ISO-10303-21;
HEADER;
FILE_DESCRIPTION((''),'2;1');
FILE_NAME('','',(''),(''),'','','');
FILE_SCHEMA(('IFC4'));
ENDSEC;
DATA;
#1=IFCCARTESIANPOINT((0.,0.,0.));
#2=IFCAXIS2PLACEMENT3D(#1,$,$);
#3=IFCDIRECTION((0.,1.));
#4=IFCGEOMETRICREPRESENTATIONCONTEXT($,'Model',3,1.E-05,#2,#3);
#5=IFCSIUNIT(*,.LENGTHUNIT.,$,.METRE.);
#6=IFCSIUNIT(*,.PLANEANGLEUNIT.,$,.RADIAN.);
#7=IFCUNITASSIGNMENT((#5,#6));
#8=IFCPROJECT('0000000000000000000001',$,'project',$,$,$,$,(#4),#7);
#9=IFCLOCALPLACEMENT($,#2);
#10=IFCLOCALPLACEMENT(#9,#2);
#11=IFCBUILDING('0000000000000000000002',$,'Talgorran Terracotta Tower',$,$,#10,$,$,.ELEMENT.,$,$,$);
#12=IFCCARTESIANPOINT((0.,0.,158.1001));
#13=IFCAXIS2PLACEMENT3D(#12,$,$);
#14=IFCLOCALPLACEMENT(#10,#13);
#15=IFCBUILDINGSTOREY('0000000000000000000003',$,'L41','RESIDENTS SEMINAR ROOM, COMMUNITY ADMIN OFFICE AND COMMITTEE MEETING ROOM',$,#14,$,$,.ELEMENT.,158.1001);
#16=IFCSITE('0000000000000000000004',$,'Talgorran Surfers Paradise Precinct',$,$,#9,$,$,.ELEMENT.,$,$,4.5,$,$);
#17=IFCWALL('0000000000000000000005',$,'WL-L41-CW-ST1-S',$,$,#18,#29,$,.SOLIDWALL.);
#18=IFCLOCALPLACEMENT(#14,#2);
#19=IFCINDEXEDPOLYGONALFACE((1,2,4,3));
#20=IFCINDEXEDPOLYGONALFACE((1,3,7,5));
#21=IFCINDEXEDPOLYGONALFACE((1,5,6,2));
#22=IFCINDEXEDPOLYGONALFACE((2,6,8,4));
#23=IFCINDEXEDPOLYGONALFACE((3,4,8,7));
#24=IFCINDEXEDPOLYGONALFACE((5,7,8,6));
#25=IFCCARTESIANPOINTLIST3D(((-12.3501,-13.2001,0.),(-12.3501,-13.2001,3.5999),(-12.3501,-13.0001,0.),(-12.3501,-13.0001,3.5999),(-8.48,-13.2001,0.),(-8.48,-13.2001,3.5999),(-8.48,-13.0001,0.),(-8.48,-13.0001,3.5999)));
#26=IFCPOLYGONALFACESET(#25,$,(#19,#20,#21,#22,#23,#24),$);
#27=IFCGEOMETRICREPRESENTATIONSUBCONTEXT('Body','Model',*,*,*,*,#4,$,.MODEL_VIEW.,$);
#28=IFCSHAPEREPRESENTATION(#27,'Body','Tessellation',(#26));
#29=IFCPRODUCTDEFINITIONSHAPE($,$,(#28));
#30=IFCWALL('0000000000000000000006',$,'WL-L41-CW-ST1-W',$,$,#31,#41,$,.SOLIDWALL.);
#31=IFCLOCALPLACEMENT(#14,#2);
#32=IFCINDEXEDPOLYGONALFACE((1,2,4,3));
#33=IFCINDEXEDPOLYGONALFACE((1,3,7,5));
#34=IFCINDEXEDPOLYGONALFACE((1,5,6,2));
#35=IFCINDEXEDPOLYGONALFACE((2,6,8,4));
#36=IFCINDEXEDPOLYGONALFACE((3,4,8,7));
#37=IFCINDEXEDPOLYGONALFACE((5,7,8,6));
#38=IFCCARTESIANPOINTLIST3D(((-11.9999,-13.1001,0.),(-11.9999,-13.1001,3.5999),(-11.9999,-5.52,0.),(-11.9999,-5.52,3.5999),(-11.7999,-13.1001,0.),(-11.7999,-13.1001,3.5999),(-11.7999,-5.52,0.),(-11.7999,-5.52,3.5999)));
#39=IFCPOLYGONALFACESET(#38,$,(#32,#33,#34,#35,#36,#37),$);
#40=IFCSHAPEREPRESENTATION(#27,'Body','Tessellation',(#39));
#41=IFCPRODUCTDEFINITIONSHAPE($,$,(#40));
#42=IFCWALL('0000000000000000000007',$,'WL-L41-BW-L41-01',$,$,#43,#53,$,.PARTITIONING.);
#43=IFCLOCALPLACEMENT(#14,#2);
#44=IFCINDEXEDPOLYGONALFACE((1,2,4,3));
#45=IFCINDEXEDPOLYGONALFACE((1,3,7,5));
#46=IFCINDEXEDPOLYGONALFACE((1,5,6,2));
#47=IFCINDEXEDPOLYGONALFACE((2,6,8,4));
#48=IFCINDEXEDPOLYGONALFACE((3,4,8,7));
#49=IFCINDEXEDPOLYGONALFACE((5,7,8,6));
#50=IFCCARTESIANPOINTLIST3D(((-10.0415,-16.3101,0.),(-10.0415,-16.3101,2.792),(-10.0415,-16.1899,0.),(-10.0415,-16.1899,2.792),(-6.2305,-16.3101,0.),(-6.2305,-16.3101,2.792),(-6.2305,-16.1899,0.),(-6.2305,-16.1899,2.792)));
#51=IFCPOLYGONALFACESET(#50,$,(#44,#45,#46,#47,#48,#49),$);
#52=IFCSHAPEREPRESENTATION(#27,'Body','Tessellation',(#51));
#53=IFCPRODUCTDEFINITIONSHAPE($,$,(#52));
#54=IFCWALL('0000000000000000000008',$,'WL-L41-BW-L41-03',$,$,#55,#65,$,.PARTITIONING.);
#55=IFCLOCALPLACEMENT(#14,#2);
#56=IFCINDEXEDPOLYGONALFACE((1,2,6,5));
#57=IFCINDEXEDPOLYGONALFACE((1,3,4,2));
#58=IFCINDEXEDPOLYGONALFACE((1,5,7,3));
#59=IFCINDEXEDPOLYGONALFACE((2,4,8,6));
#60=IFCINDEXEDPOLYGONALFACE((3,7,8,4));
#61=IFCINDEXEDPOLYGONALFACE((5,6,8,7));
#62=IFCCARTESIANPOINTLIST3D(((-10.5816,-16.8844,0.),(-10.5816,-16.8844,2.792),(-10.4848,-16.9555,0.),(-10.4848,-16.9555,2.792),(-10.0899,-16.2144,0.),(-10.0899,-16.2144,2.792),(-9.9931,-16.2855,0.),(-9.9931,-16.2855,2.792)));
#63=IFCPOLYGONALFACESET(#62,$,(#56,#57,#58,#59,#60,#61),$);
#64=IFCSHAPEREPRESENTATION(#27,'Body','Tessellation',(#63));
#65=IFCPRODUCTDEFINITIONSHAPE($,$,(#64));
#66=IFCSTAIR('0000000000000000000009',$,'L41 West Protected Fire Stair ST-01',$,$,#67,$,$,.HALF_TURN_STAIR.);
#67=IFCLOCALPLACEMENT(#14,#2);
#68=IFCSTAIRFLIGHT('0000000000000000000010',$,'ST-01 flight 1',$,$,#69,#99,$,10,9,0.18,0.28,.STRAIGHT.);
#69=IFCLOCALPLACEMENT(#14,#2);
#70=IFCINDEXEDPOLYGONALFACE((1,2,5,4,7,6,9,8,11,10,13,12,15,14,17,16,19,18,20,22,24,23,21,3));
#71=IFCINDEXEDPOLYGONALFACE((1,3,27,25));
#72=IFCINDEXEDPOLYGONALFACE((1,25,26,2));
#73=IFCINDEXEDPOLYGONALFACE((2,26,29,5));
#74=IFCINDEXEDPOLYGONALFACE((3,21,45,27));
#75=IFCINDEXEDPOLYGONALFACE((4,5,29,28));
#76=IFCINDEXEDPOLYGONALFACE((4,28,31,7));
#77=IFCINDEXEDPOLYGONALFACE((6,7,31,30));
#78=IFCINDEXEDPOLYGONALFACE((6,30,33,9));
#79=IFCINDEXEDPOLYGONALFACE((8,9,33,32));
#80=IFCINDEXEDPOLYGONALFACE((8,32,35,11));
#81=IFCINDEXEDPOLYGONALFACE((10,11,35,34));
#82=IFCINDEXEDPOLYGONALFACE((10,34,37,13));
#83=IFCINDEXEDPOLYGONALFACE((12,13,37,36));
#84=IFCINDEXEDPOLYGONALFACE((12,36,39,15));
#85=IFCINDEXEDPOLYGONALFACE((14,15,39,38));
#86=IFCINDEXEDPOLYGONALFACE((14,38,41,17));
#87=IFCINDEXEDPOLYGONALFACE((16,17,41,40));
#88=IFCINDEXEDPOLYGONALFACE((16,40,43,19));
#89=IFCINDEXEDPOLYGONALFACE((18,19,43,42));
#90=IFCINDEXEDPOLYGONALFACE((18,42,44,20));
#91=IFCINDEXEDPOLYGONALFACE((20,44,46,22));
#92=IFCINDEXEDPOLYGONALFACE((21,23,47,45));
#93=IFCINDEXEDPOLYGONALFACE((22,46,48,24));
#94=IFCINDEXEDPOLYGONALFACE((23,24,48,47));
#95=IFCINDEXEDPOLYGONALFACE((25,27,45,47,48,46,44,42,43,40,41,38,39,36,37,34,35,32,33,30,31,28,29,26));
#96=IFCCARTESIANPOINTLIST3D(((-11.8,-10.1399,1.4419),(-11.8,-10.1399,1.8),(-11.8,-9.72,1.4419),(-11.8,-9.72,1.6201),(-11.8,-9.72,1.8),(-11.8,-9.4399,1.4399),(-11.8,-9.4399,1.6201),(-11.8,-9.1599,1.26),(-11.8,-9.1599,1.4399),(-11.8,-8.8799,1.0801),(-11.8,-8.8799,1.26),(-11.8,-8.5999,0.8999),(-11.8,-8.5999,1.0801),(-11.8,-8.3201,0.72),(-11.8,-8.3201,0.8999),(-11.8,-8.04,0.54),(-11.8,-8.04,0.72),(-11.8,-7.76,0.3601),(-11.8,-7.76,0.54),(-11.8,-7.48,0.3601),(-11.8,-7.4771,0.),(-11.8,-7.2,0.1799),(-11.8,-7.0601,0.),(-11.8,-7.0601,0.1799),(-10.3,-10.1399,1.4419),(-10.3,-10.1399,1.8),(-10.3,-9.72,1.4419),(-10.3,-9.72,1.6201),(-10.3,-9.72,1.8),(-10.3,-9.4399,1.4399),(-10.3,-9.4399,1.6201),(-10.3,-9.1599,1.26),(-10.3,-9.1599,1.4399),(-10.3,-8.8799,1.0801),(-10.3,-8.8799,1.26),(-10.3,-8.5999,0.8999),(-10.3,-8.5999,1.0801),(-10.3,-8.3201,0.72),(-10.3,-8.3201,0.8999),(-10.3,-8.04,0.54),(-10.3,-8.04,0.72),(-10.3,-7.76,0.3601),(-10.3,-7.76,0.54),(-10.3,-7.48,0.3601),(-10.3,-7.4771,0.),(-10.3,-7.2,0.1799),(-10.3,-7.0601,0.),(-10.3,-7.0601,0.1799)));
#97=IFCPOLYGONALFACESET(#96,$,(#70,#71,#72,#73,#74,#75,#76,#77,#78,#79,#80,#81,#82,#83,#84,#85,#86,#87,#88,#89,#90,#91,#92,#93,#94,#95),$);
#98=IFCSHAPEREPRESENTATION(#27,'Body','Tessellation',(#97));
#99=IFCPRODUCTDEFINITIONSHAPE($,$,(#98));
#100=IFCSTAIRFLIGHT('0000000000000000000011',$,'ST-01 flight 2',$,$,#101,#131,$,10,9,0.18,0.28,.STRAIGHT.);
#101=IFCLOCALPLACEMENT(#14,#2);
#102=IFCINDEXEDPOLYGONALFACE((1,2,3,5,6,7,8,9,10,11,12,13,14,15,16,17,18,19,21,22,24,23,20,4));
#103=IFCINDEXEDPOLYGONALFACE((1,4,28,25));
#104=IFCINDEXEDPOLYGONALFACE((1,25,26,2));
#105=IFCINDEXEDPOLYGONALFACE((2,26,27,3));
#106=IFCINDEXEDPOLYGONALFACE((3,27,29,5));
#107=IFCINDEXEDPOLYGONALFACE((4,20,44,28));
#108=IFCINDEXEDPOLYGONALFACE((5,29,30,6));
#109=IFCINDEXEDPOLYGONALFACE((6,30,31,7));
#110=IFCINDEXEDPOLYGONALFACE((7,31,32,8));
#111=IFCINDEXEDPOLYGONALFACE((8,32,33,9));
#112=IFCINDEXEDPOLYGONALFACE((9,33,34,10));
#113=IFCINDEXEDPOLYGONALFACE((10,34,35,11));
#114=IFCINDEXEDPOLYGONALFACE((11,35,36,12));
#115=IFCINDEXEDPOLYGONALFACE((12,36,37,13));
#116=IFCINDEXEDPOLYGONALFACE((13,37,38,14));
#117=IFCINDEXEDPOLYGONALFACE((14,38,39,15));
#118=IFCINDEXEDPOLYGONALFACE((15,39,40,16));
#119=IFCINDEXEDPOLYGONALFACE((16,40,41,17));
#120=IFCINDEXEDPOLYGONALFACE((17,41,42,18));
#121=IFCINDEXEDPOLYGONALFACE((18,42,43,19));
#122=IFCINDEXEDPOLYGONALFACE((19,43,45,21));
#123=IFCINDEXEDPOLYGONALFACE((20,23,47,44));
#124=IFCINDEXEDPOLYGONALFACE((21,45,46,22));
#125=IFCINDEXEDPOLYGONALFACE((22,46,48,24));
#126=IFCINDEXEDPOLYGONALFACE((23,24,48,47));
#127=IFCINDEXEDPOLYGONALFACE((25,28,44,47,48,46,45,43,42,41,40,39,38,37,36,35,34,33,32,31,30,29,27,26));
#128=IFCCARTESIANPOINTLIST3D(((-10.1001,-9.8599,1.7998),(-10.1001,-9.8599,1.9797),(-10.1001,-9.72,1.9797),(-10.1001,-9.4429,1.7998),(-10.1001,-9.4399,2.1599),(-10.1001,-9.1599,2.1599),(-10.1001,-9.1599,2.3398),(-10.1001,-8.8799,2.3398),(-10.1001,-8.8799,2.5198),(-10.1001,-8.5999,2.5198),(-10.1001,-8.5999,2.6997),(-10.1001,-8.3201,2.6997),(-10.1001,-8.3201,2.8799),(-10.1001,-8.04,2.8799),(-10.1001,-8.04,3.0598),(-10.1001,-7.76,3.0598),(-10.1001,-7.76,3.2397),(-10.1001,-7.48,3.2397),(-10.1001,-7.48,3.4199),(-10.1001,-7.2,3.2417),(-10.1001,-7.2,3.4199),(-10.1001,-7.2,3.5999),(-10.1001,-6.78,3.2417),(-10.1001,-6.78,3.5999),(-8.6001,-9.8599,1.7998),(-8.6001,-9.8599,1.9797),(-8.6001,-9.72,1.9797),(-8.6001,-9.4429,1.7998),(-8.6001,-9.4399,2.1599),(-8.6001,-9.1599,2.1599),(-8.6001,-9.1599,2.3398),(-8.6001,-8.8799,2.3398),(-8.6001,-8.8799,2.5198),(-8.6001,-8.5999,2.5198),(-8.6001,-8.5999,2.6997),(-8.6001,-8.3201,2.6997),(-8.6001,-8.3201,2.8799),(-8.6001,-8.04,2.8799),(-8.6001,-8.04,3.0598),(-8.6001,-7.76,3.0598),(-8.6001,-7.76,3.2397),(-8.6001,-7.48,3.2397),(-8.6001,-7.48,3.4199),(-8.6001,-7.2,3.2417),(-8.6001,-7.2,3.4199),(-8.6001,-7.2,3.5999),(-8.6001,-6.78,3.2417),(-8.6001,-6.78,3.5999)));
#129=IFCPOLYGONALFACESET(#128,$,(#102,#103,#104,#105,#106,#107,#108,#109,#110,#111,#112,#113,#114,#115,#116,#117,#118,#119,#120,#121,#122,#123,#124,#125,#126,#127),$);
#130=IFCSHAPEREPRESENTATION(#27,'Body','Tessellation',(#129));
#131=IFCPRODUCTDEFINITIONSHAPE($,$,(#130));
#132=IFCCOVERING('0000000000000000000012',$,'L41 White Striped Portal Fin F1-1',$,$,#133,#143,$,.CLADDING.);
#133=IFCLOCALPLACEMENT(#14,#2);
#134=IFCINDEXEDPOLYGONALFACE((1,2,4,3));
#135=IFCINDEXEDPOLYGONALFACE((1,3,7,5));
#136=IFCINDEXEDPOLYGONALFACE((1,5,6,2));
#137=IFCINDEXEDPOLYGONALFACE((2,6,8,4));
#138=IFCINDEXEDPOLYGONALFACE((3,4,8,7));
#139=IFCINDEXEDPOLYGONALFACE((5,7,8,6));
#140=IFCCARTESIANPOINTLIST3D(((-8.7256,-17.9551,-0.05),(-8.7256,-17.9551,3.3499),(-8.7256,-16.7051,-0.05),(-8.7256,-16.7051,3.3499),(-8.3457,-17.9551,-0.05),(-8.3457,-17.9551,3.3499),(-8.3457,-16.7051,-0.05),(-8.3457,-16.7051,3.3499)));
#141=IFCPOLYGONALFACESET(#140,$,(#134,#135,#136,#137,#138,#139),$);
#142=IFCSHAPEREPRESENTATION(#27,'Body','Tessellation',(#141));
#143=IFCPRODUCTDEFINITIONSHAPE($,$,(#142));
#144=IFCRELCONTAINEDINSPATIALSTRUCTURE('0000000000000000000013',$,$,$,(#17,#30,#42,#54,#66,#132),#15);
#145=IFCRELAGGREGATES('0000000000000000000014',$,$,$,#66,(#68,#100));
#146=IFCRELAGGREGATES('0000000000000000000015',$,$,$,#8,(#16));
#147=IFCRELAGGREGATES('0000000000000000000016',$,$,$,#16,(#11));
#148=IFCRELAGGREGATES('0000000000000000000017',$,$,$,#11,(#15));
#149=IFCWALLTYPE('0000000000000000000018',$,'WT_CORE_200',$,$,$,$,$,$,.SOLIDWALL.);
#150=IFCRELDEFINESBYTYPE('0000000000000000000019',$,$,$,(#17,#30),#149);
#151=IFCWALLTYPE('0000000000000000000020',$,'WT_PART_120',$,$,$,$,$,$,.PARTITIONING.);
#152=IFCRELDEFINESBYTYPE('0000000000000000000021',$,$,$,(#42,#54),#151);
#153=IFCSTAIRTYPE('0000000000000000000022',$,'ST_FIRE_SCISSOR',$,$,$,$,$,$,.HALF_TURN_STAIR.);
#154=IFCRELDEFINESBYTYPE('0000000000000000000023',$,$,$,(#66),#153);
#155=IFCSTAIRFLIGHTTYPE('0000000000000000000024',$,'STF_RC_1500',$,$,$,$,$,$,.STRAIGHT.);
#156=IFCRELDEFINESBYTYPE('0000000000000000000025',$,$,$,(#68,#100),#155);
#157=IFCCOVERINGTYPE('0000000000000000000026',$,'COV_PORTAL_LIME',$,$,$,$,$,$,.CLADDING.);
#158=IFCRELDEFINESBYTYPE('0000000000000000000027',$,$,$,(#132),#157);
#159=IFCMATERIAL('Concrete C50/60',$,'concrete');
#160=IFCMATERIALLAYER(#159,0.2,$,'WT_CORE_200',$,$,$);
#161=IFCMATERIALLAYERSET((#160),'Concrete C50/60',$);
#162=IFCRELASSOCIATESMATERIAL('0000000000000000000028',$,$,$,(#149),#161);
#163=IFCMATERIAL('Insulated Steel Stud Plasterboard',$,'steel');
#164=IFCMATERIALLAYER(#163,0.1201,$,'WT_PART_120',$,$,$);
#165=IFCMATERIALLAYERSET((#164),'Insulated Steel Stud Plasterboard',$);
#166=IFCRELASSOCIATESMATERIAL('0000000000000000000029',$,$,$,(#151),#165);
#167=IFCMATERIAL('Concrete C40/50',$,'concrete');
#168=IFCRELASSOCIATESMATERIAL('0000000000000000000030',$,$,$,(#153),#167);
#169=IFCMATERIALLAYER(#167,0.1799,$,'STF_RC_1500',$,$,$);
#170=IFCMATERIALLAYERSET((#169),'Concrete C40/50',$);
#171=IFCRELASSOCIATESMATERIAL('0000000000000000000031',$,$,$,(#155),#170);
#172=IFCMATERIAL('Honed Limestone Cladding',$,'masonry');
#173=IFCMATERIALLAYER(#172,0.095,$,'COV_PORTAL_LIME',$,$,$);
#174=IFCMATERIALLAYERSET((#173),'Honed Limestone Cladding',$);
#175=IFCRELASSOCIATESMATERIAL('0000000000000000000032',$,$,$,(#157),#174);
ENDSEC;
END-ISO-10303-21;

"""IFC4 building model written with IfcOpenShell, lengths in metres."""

from ifc_helpers import new_model, si_unit, direction, frame, frame_2d, origin, origin_2d, place, context, subcontext, project, spatial, polyline, rectangle, outline, extrude, material, layer, layer_set, type_object, element, aggregate, save


model = new_model("IFC4")

# Units and contexts
model_context = context("Model", 3, precision=1e-05, world=origin(), true_north=direction((0.0, 1.0)))
body_context = subcontext(model_context, "Body", "Model", "MODEL_VIEW")
ifc_project = project(units=[si_unit("LENGTHUNIT", "METRE"), si_unit("PLANEANGLEUNIT", "RADIAN")], contexts=[model_context])

# Site, building, storey
site_placement = place(None, origin())
site = spatial("IfcSite", under=ifc_project, at=site_placement, Name="Talgorran Surfers Paradise Precinct", CompositionType="ELEMENT", RefElevation=4.5)
building_placement = place(site_placement, origin())
building = spatial("IfcBuilding", under=site, at=building_placement, Name="Talgorran Terracotta Tower", CompositionType="ELEMENT")
storey_placement = place(building_placement, frame((0.0, 0.0, 158.1001)))
storey = spatial("IfcBuildingStorey", under=building, at=storey_placement, Name="L41", Description="RESIDENTS SEMINAR ROOM, COMMUNITY ADMIN OFFICE AND COMMITTEE MEETING ROOM", CompositionType="ELEMENT", Elevation=158.1001)

# Walls
ifc_material_1 = material(Name="Concrete C50/60", Category="concrete")
ifc_layer_1 = layer(ifc_material_1, 0.2, Name="WT_CORE_200")
ifc_layer_set_1 = layer_set([ifc_layer_1], Name="Concrete C50/60")
wall_type_1 = type_object("IfcWallType", Name="WT_CORE_200", PredefinedType="SOLIDWALL", material=ifc_layer_set_1)
wall_1_placement = place(storey_placement, frame((-12.3501, -13.1001, 0.0), z_axis=(0.0, 0.0, 1.0), x_axis=(1.0, 0.0, 0.0)))
element("IfcWall", 1, at=wall_1_placement, inside=storey, type_object=wall_type_1, Name="WL-L41-CW-ST1-S", PredefinedType="SOLIDWALL", context=body_context, shape_type="SweptSolid", body=[
    extrude(rectangle(XDim=3.8701, YDim=0.2, at=frame_2d((1.9351, 0.0))), origin(), (0.0, 0.0, 1.0), 3.5999),
])
wall_2_placement = place(storey_placement, frame((-11.8999, -13.1001, 0.0), z_axis=(0.0, 0.0, 1.0), x_axis=(0.0, 1.0, 0.0)))
element("IfcWall", 2, at=wall_2_placement, inside=storey, type_object=wall_type_1, Name="WL-L41-CW-ST1-W", PredefinedType="SOLIDWALL", context=body_context, shape_type="SweptSolid", body=[
    extrude(rectangle(XDim=7.5801, YDim=0.2, at=frame_2d((3.79, 0.0))), origin(), (0.0, 0.0, 1.0), 3.5999),
])
ifc_material_2 = material(Name="Insulated Steel Stud Plasterboard", Category="steel")
ifc_layer_2 = layer(ifc_material_2, 0.1201, Name="WT_PART_120")
ifc_layer_set_2 = layer_set([ifc_layer_2], Name="Insulated Steel Stud Plasterboard")
wall_type_2 = type_object("IfcWallType", Name="WT_PART_120", PredefinedType="PARTITIONING", material=ifc_layer_set_2)
wall_3_placement = place(storey_placement, frame((-10.0415, -16.25, 0.0), z_axis=(0.0, 0.0, 1.0), x_axis=(1.0, 0.0, 0.0)))
element("IfcWall", 3, at=wall_3_placement, inside=storey, type_object=wall_type_2, Name="WL-L41-BW-L41-01", PredefinedType="PARTITIONING", context=body_context, shape_type="SweptSolid", body=[
    extrude(rectangle(XDim=3.811, YDim=0.1201, at=frame_2d((1.9055, 0.0))), origin(), (0.0, 0.0, 1.0), 2.792),
])
wall_4_placement = place(storey_placement, frame((-10.5332, -16.9199, 0.0), z_axis=(0.0, 0.0, 1.0), x_axis=(0.591695, 0.806162, 0.0)))
element("IfcWall", 4, at=wall_4_placement, inside=storey, type_object=wall_type_2, Name="WL-L41-BW-L41-03", PredefinedType="PARTITIONING", context=body_context, shape_type="SweptSolid", body=[
    extrude(rectangle(XDim=0.8311, YDim=0.1201, at=frame_2d((0.4155, 0.0))), origin(), (0.0, 0.0, 1.0), 2.792),
])

# Stair, stair flights
ifc_material_3 = material(Name="Concrete C40/50", Category="concrete")
stair_type = type_object("IfcStairType", Name="ST_FIRE_SCISSOR", PredefinedType="HALF_TURN_STAIR", material=ifc_material_3)
stair_placement = place(storey_placement, origin())
stair = element("IfcStair", 5, at=stair_placement, inside=storey, type_object=stair_type, Name="L41 West Protected Fire Stair ST-01", PredefinedType="HALF_TURN_STAIR")
ifc_layer_3 = layer(ifc_material_3, 0.1799, Name="STF_RC_1500")
ifc_layer_set_3 = layer_set([ifc_layer_3], Name="Concrete C40/50")
stair_flight_type = type_object("IfcStairFlightType", Name="STF_RC_1500", PredefinedType="STRAIGHT", material=ifc_layer_set_3)
stair_flight_1_placement = place(storey_placement, frame((-11.05, -7.2, 0.0), z_axis=(0.0, 0.0, 1.0), x_axis=(0.0, -1.0, 0.0)))
stair_flight_1 = element("IfcStairFlight", 6, at=stair_flight_1_placement, type_object=stair_flight_type, Name="ST-01 flight 1", NumberOfRisers=10, NumberOfTreads=9, PredefinedType="STRAIGHT", RiserHeight=0.18, TreadLength=0.28, context=body_context, shape_type="SweptSolid", body=[
    extrude(outline(polyline([(-0.1399, 0.0), (-0.1399, 0.1799), (0.0, 0.1799), (0.28, 0.3601), (0.5601, 0.3601), (0.5601, 0.54), (0.8401, 0.54), (0.8401, 0.72), (1.1201, 0.72), (1.1201, 0.8999), (1.3999, 0.8999), (1.3999, 1.0801), (1.6799, 1.0801), (1.6799, 1.26), (1.96, 1.26), (1.96, 1.4399), (2.24, 1.4399), (2.24, 1.6201), (2.52, 1.6201), (2.52, 1.8), (2.9399, 1.8), (2.9399, 1.4419), (2.52, 1.4419), (0.2771, 0.0), (-0.1399, 0.0)])), frame((0.0, 0.75, 0.0), z_axis=(0.0, -1.0, 0.0), x_axis=(1.0, 0.0, 0.0)), (0.0, 0.0, 1.0), 1.5),
])
stair_flight_2_placement = place(storey_placement, frame((-9.3501, -9.72, 1.7998), z_axis=(0.0, 0.0, 1.0), x_axis=(0.0, 1.0, 0.0)))
stair_flight_2 = element("IfcStairFlight", 7, at=stair_flight_2_placement, type_object=stair_flight_type, Name="ST-01 flight 2", NumberOfRisers=10, NumberOfTreads=9, PredefinedType="STRAIGHT", RiserHeight=0.18, TreadLength=0.28, context=body_context, shape_type="SweptSolid", body=[
    extrude(outline(polyline([(-0.1399, 0.0), (-0.1399, 0.1799), (0.0, 0.1799), (0.28, 0.3601), (0.5601, 0.3601), (0.5601, 0.54), (0.8401, 0.54), (0.8401, 0.72), (1.1201, 0.72), (1.1201, 0.8999), (1.3999, 0.8999), (1.3999, 1.0801), (1.6799, 1.0801), (1.6799, 1.26), (1.96, 1.26), (1.96, 1.4399), (2.24, 1.4399), (2.24, 1.6201), (2.52, 1.6201), (2.52, 1.8), (2.9399, 1.8), (2.9399, 1.4419), (2.52, 1.4419), (0.2771, 0.0), (-0.1399, 0.0)])), frame((0.0, 0.75, 0.0), z_axis=(0.0, -1.0, 0.0), x_axis=(1.0, 0.0, 0.0)), (0.0, 0.0, 1.0), 1.5),
])
aggregate(stair, [stair_flight_1, stair_flight_2])

# Covering
ifc_material_4 = material(Name="Honed Limestone Cladding", Category="masonry")
ifc_layer_4 = layer(ifc_material_4, 0.095, Name="COV_PORTAL_LIME")
ifc_layer_set_4 = layer_set([ifc_layer_4], Name="Honed Limestone Cladding")
covering_type = type_object("IfcCoveringType", Name="COV_PORTAL_LIME", PredefinedType="CLADDING", material=ifc_layer_set_4)
covering_placement = place(storey_placement, frame((-8.5356, -17.3301, -0.05), z_axis=(0.0, 0.0, 1.0), x_axis=(1.0, 0.0, 0.0)))
element("IfcCovering", 8, at=covering_placement, inside=storey, type_object=covering_type, Name="L41 White Striped Portal Fin F1-1", PredefinedType="CLADDING", context=body_context, shape_type="SweptSolid", body=[
    extrude(rectangle(XDim=0.3799, YDim=1.25, at=origin_2d()), origin(), (0.0, 0.0, 1.0), 3.3999),
])

save(model, "model.ifc")
